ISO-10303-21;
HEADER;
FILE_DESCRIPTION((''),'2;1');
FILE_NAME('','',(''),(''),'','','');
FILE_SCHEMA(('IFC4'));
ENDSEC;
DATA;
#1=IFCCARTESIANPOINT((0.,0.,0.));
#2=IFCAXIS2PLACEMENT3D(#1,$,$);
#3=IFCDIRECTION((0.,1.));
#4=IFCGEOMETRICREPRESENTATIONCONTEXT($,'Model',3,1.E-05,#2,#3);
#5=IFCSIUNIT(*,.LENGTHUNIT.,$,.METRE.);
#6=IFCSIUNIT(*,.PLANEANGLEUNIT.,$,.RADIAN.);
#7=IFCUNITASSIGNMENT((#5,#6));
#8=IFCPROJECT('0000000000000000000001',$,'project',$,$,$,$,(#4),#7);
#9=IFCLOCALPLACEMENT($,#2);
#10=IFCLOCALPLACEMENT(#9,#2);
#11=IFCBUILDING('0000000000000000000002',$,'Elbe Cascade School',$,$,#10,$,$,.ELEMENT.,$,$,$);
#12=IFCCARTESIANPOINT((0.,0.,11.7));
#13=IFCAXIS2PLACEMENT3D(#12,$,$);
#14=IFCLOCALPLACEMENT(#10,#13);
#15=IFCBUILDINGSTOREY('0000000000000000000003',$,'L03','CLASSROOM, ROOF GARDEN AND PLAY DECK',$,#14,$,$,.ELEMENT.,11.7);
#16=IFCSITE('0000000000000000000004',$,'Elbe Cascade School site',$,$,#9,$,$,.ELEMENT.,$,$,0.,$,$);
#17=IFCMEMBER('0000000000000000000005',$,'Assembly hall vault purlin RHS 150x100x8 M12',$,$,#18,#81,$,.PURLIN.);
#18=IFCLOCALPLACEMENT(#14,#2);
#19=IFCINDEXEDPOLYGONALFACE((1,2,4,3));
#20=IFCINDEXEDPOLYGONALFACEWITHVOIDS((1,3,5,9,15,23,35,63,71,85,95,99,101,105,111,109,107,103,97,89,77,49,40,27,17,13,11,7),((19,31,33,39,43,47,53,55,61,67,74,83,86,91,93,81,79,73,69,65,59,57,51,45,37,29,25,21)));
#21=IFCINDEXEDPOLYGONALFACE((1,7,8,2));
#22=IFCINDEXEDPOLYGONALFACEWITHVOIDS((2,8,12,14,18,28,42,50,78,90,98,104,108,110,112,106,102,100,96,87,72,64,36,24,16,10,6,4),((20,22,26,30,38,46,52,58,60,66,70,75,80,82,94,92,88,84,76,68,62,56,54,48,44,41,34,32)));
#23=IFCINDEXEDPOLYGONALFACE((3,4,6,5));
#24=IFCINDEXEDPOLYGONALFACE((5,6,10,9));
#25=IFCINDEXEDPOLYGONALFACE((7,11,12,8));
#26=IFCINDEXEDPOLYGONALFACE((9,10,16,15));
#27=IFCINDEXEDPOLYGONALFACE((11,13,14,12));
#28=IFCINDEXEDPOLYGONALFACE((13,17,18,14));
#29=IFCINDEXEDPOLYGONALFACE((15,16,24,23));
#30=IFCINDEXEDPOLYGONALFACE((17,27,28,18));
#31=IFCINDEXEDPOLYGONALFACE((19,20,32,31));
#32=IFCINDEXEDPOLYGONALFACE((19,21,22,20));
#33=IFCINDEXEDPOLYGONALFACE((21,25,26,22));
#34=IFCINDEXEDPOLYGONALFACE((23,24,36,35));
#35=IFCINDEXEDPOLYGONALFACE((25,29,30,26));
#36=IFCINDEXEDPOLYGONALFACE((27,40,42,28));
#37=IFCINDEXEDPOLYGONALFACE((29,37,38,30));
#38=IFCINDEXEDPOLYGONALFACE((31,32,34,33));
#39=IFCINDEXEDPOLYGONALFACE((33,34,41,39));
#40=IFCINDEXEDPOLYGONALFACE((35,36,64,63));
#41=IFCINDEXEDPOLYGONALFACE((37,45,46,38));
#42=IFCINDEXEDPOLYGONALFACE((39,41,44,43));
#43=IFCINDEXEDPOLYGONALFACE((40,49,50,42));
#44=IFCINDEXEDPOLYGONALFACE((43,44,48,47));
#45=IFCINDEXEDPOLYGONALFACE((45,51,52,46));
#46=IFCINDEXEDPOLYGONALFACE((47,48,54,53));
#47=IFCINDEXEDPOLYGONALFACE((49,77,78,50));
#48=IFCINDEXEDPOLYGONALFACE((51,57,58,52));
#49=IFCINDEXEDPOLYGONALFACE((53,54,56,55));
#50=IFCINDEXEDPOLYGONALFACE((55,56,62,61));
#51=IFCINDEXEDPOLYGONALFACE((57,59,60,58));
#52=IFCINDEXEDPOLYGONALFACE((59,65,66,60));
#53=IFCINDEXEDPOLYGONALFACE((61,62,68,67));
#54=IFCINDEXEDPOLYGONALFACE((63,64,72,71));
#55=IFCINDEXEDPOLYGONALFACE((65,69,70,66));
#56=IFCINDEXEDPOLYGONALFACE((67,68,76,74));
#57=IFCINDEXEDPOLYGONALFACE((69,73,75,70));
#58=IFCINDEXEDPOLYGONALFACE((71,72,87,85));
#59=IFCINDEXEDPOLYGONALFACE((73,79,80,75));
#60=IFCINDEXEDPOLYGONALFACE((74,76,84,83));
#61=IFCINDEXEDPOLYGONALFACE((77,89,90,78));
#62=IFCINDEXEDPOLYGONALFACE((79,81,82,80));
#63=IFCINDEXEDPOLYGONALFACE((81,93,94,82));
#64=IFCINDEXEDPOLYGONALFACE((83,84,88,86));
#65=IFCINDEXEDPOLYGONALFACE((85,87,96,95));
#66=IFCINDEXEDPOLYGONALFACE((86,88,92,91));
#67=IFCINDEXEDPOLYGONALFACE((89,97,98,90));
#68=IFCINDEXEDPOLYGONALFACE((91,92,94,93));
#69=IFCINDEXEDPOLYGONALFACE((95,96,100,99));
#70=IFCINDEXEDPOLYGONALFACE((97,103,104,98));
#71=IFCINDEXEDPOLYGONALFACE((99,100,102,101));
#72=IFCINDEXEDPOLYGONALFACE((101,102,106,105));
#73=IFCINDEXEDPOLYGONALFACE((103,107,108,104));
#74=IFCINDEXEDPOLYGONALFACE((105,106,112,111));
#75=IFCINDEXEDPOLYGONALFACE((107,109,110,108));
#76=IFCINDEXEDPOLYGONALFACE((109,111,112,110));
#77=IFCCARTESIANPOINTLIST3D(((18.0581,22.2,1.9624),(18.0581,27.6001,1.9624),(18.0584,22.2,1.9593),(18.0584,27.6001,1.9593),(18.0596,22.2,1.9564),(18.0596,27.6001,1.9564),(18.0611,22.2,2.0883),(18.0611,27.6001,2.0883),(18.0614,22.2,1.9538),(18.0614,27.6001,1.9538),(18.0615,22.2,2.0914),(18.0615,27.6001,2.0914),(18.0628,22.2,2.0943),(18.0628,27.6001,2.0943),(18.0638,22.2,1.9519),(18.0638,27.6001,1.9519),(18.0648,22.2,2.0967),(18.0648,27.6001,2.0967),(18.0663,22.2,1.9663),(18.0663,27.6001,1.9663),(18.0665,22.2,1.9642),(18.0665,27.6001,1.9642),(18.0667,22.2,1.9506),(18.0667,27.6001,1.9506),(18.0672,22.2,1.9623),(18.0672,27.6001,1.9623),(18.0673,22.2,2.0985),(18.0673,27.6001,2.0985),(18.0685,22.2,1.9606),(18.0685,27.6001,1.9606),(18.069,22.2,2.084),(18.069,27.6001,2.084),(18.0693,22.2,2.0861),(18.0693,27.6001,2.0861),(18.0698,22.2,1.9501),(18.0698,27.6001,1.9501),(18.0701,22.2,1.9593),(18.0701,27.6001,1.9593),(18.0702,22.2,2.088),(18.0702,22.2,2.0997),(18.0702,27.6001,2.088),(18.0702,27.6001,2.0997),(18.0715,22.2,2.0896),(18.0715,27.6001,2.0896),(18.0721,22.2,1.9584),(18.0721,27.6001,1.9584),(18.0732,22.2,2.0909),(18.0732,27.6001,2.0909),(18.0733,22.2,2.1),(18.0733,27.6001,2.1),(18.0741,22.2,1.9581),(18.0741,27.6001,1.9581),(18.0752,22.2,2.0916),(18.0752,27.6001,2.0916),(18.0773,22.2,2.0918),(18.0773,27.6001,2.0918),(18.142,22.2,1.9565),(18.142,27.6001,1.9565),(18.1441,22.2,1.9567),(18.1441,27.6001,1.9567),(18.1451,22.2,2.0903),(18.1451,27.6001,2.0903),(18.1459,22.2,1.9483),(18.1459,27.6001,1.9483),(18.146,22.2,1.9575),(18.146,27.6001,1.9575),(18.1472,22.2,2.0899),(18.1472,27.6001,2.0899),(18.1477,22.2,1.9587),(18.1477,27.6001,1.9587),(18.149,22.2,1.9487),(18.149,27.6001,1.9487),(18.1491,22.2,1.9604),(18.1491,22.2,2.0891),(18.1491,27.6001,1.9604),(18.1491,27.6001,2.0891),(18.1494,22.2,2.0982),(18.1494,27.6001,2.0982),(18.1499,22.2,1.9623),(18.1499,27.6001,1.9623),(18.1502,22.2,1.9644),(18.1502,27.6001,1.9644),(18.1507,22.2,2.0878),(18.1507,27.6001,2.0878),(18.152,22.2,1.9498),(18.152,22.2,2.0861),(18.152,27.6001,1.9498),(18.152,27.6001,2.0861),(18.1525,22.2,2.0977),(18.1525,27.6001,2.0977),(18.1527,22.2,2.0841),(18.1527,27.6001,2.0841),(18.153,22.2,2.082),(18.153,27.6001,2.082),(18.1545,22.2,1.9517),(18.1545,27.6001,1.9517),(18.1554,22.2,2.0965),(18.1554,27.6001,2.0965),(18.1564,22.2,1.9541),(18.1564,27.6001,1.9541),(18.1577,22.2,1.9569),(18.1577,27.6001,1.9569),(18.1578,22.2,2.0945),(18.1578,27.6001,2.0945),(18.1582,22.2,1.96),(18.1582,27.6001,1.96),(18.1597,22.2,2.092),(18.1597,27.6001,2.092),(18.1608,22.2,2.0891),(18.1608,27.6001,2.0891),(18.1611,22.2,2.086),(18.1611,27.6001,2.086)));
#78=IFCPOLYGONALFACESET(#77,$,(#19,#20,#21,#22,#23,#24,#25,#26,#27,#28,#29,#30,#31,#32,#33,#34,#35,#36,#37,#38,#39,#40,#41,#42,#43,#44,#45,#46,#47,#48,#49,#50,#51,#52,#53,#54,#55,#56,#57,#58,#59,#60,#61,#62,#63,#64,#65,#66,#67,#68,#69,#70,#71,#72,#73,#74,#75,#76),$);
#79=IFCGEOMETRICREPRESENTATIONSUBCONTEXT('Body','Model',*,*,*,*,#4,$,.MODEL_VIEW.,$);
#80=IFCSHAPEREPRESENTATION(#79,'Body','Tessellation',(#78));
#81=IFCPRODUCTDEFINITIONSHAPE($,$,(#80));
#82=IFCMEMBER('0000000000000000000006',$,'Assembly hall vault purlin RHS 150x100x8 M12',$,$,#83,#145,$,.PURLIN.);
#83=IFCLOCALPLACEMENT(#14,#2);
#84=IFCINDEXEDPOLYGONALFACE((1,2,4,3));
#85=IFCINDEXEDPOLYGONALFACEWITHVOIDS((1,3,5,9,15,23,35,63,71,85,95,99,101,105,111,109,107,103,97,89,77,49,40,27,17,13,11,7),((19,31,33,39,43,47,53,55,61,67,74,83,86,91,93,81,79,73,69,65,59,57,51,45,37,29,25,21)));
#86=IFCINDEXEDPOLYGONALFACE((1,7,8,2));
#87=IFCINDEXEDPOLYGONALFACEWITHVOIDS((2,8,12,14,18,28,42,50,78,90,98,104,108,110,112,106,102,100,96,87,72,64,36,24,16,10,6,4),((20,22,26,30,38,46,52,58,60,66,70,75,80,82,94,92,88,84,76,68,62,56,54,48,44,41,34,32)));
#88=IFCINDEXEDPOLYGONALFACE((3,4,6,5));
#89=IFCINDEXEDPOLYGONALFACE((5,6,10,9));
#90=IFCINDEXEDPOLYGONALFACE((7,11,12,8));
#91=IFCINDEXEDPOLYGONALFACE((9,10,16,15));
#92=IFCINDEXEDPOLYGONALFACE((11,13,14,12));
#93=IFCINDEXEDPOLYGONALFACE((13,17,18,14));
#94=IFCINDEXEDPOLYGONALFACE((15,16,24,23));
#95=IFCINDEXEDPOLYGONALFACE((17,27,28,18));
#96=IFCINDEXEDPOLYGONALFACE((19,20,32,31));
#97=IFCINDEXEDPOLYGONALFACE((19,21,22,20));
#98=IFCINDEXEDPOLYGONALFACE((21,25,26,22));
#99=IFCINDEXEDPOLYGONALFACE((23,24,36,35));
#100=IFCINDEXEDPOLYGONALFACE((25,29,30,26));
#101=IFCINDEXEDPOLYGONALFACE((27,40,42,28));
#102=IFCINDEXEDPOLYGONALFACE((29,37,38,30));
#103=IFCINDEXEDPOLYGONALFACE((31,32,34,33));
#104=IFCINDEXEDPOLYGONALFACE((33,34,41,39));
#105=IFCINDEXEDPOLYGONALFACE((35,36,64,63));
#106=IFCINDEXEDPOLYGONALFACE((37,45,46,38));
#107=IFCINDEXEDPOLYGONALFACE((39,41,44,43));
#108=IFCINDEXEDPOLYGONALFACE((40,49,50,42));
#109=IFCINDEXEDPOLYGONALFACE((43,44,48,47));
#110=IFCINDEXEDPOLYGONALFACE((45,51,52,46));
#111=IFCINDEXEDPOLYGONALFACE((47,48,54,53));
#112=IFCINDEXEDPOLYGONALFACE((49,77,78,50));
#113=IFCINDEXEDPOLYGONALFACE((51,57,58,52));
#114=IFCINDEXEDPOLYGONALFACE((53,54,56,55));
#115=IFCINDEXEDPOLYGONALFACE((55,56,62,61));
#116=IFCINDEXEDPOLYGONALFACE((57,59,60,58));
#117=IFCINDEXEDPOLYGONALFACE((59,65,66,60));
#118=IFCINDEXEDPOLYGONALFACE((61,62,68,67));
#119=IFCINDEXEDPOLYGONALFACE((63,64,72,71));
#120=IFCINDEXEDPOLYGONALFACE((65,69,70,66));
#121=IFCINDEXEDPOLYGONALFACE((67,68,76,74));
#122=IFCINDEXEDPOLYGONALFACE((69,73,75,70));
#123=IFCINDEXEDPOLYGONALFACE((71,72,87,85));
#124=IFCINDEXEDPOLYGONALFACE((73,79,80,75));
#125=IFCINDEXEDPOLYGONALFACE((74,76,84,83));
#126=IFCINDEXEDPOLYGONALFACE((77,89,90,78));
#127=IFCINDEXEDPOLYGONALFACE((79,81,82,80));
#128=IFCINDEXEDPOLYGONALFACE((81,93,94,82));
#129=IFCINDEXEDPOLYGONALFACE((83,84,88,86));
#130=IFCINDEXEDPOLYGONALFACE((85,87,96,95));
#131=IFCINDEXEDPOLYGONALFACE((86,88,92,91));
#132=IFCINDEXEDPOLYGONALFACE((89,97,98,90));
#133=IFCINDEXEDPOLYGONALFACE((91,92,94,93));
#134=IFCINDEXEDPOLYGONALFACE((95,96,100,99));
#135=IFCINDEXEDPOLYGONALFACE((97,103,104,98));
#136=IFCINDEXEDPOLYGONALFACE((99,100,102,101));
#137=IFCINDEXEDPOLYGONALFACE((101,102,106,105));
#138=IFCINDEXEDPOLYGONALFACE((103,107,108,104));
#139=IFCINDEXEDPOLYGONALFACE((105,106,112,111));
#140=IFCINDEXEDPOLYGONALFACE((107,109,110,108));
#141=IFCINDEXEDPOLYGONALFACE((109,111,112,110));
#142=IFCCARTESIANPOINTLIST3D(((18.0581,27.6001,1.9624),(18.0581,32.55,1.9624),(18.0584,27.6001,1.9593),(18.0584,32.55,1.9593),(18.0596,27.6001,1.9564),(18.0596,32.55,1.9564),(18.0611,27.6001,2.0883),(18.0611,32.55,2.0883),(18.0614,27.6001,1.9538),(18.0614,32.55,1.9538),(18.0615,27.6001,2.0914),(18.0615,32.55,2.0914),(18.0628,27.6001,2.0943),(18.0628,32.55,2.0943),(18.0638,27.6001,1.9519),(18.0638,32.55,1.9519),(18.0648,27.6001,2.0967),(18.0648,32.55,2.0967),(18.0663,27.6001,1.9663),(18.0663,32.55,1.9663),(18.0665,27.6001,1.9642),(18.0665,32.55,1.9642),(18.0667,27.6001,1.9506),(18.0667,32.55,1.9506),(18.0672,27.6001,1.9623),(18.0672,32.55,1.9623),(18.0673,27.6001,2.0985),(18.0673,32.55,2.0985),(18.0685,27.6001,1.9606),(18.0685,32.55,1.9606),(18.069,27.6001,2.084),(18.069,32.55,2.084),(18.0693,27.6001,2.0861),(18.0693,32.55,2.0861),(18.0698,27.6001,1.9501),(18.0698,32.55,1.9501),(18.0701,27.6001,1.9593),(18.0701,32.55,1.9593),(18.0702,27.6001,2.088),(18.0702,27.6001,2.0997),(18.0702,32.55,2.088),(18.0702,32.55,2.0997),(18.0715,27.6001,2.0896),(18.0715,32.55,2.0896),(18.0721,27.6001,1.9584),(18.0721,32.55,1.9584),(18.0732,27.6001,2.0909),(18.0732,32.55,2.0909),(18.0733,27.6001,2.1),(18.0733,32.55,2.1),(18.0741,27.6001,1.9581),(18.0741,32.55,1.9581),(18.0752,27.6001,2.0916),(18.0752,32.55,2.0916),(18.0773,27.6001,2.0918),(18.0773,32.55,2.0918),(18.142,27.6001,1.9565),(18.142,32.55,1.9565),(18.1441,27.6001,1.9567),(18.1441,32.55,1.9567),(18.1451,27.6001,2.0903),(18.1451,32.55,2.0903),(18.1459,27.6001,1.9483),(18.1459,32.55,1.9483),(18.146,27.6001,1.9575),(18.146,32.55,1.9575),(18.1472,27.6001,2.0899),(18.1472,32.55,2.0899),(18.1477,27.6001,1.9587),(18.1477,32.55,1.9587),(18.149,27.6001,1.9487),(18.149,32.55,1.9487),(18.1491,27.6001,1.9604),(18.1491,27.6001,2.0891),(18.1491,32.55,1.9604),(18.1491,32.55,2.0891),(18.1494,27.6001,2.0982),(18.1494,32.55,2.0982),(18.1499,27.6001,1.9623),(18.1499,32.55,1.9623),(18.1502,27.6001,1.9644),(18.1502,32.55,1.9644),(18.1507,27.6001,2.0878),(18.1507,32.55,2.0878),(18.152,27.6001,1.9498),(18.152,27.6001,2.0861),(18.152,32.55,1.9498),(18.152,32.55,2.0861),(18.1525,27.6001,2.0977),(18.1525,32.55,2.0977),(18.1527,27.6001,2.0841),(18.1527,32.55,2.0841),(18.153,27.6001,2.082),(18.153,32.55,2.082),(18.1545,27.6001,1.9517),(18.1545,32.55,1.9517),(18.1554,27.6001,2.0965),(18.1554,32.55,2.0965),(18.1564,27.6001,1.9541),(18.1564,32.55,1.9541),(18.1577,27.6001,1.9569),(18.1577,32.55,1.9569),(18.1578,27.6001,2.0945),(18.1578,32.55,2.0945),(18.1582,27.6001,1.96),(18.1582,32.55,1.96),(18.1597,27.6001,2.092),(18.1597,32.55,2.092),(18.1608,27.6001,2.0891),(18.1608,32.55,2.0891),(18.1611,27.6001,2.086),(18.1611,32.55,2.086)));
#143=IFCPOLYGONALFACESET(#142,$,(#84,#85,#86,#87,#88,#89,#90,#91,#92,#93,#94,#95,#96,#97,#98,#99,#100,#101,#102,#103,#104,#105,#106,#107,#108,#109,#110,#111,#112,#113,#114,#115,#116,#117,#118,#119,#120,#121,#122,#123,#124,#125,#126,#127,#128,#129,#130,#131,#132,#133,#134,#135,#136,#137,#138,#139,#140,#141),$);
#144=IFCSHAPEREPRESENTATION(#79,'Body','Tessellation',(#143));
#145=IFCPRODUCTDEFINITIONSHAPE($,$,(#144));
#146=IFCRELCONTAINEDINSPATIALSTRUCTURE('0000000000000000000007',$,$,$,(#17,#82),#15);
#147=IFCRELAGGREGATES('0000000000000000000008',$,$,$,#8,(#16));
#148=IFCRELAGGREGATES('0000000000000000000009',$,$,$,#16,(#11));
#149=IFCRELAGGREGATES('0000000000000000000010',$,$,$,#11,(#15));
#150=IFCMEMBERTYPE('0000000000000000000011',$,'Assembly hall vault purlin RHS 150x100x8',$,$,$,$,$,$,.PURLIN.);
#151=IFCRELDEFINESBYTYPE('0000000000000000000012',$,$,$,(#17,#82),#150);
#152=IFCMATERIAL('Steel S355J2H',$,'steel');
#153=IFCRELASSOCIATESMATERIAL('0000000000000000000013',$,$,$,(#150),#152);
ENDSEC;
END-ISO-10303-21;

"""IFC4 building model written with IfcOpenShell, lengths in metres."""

from ifc_helpers import new_model, si_unit, direction, frame, origin, origin_2d, place, context, subcontext, project, spatial, hollow_rectangle, extrude, material, material_profile, profile_set, type_object, element, save


model = new_model("IFC4")

# Units and contexts
model_context = context("Model", 3, precision=1e-05, world=origin(), true_north=direction((0.0, 1.0)))
body_context = subcontext(model_context, "Body", "Model", "MODEL_VIEW")
ifc_project = project(units=[si_unit("LENGTHUNIT", "METRE"), si_unit("PLANEANGLEUNIT", "RADIAN")], contexts=[model_context])

# Site, building, storey
site_placement = place(None, origin())
site = spatial("IfcSite", under=ifc_project, at=site_placement, Name="Elbe Cascade School site", CompositionType="ELEMENT", RefElevation=0.0)
building_placement = place(site_placement, origin())
building = spatial("IfcBuilding", under=site, at=building_placement, Name="Elbe Cascade School", CompositionType="ELEMENT")
storey_placement = place(building_placement, frame((0.0, 0.0, 11.7)))
storey = spatial("IfcBuildingStorey", under=building, at=storey_placement, Name="L03", Description="CLASSROOM, ROOF GARDEN AND PLAY DECK", CompositionType="ELEMENT", Elevation=11.7)

# Members
ifc_material_1 = material(Name="Steel S355J2H", Category="steel")
ifc_material_profile_1 = material_profile(ifc_material_1, hollow_rectangle(XDim=0.1001, YDim=0.1499, WallThickness=0.0081, InnerFilletRadius=0.0081, OuterFilletRadius=0.012, at=origin_2d()), Name="RHS 150x100x8")
ifc_profile_set_1 = profile_set([ifc_material_profile_1], Name="Steel S355J2H")
member_type_1 = type_object("IfcMemberType", Name="Assembly hall vault purlin RHS 150x100x8", PredefinedType="PURLIN", material=ifc_profile_set_1)
member_1_placement = place(storey_placement, frame((18.1096, 22.2, 2.0242), z_axis=(0.0, 1.0, 0.0), x_axis=(-0.999727, 0.0, 0.023378)))
element("IfcMember", 1, at=member_1_placement, inside=storey, type_object=member_type_1, Name="Assembly hall vault purlin RHS 150x100x8 M12", PredefinedType="PURLIN", context=body_context, shape_type="SweptSolid", body=[
    extrude(hollow_rectangle(XDim=0.1001, YDim=0.1499, WallThickness=0.0081, InnerFilletRadius=0.0081, OuterFilletRadius=0.012, at=origin_2d()), origin(), (0.0, 0.0, 1.0), 5.4001),
])
member_2_placement = place(storey_placement, frame((18.1096, 27.6001, 2.0242), z_axis=(0.0, 1.0, 0.0), x_axis=(-0.999727, 0.0, 0.023378)))
element("IfcMember", 2, at=member_2_placement, inside=storey, type_object=member_type_1, Name="Assembly hall vault purlin RHS 150x100x8 M12", PredefinedType="PURLIN", context=body_context, shape_type="SweptSolid", body=[
    extrude(hollow_rectangle(XDim=0.1001, YDim=0.1499, WallThickness=0.0081, InnerFilletRadius=0.0081, OuterFilletRadius=0.012, at=origin_2d()), origin(), (0.0, 0.0, 1.0), 4.95),
])

save(model, "model.ifc")
